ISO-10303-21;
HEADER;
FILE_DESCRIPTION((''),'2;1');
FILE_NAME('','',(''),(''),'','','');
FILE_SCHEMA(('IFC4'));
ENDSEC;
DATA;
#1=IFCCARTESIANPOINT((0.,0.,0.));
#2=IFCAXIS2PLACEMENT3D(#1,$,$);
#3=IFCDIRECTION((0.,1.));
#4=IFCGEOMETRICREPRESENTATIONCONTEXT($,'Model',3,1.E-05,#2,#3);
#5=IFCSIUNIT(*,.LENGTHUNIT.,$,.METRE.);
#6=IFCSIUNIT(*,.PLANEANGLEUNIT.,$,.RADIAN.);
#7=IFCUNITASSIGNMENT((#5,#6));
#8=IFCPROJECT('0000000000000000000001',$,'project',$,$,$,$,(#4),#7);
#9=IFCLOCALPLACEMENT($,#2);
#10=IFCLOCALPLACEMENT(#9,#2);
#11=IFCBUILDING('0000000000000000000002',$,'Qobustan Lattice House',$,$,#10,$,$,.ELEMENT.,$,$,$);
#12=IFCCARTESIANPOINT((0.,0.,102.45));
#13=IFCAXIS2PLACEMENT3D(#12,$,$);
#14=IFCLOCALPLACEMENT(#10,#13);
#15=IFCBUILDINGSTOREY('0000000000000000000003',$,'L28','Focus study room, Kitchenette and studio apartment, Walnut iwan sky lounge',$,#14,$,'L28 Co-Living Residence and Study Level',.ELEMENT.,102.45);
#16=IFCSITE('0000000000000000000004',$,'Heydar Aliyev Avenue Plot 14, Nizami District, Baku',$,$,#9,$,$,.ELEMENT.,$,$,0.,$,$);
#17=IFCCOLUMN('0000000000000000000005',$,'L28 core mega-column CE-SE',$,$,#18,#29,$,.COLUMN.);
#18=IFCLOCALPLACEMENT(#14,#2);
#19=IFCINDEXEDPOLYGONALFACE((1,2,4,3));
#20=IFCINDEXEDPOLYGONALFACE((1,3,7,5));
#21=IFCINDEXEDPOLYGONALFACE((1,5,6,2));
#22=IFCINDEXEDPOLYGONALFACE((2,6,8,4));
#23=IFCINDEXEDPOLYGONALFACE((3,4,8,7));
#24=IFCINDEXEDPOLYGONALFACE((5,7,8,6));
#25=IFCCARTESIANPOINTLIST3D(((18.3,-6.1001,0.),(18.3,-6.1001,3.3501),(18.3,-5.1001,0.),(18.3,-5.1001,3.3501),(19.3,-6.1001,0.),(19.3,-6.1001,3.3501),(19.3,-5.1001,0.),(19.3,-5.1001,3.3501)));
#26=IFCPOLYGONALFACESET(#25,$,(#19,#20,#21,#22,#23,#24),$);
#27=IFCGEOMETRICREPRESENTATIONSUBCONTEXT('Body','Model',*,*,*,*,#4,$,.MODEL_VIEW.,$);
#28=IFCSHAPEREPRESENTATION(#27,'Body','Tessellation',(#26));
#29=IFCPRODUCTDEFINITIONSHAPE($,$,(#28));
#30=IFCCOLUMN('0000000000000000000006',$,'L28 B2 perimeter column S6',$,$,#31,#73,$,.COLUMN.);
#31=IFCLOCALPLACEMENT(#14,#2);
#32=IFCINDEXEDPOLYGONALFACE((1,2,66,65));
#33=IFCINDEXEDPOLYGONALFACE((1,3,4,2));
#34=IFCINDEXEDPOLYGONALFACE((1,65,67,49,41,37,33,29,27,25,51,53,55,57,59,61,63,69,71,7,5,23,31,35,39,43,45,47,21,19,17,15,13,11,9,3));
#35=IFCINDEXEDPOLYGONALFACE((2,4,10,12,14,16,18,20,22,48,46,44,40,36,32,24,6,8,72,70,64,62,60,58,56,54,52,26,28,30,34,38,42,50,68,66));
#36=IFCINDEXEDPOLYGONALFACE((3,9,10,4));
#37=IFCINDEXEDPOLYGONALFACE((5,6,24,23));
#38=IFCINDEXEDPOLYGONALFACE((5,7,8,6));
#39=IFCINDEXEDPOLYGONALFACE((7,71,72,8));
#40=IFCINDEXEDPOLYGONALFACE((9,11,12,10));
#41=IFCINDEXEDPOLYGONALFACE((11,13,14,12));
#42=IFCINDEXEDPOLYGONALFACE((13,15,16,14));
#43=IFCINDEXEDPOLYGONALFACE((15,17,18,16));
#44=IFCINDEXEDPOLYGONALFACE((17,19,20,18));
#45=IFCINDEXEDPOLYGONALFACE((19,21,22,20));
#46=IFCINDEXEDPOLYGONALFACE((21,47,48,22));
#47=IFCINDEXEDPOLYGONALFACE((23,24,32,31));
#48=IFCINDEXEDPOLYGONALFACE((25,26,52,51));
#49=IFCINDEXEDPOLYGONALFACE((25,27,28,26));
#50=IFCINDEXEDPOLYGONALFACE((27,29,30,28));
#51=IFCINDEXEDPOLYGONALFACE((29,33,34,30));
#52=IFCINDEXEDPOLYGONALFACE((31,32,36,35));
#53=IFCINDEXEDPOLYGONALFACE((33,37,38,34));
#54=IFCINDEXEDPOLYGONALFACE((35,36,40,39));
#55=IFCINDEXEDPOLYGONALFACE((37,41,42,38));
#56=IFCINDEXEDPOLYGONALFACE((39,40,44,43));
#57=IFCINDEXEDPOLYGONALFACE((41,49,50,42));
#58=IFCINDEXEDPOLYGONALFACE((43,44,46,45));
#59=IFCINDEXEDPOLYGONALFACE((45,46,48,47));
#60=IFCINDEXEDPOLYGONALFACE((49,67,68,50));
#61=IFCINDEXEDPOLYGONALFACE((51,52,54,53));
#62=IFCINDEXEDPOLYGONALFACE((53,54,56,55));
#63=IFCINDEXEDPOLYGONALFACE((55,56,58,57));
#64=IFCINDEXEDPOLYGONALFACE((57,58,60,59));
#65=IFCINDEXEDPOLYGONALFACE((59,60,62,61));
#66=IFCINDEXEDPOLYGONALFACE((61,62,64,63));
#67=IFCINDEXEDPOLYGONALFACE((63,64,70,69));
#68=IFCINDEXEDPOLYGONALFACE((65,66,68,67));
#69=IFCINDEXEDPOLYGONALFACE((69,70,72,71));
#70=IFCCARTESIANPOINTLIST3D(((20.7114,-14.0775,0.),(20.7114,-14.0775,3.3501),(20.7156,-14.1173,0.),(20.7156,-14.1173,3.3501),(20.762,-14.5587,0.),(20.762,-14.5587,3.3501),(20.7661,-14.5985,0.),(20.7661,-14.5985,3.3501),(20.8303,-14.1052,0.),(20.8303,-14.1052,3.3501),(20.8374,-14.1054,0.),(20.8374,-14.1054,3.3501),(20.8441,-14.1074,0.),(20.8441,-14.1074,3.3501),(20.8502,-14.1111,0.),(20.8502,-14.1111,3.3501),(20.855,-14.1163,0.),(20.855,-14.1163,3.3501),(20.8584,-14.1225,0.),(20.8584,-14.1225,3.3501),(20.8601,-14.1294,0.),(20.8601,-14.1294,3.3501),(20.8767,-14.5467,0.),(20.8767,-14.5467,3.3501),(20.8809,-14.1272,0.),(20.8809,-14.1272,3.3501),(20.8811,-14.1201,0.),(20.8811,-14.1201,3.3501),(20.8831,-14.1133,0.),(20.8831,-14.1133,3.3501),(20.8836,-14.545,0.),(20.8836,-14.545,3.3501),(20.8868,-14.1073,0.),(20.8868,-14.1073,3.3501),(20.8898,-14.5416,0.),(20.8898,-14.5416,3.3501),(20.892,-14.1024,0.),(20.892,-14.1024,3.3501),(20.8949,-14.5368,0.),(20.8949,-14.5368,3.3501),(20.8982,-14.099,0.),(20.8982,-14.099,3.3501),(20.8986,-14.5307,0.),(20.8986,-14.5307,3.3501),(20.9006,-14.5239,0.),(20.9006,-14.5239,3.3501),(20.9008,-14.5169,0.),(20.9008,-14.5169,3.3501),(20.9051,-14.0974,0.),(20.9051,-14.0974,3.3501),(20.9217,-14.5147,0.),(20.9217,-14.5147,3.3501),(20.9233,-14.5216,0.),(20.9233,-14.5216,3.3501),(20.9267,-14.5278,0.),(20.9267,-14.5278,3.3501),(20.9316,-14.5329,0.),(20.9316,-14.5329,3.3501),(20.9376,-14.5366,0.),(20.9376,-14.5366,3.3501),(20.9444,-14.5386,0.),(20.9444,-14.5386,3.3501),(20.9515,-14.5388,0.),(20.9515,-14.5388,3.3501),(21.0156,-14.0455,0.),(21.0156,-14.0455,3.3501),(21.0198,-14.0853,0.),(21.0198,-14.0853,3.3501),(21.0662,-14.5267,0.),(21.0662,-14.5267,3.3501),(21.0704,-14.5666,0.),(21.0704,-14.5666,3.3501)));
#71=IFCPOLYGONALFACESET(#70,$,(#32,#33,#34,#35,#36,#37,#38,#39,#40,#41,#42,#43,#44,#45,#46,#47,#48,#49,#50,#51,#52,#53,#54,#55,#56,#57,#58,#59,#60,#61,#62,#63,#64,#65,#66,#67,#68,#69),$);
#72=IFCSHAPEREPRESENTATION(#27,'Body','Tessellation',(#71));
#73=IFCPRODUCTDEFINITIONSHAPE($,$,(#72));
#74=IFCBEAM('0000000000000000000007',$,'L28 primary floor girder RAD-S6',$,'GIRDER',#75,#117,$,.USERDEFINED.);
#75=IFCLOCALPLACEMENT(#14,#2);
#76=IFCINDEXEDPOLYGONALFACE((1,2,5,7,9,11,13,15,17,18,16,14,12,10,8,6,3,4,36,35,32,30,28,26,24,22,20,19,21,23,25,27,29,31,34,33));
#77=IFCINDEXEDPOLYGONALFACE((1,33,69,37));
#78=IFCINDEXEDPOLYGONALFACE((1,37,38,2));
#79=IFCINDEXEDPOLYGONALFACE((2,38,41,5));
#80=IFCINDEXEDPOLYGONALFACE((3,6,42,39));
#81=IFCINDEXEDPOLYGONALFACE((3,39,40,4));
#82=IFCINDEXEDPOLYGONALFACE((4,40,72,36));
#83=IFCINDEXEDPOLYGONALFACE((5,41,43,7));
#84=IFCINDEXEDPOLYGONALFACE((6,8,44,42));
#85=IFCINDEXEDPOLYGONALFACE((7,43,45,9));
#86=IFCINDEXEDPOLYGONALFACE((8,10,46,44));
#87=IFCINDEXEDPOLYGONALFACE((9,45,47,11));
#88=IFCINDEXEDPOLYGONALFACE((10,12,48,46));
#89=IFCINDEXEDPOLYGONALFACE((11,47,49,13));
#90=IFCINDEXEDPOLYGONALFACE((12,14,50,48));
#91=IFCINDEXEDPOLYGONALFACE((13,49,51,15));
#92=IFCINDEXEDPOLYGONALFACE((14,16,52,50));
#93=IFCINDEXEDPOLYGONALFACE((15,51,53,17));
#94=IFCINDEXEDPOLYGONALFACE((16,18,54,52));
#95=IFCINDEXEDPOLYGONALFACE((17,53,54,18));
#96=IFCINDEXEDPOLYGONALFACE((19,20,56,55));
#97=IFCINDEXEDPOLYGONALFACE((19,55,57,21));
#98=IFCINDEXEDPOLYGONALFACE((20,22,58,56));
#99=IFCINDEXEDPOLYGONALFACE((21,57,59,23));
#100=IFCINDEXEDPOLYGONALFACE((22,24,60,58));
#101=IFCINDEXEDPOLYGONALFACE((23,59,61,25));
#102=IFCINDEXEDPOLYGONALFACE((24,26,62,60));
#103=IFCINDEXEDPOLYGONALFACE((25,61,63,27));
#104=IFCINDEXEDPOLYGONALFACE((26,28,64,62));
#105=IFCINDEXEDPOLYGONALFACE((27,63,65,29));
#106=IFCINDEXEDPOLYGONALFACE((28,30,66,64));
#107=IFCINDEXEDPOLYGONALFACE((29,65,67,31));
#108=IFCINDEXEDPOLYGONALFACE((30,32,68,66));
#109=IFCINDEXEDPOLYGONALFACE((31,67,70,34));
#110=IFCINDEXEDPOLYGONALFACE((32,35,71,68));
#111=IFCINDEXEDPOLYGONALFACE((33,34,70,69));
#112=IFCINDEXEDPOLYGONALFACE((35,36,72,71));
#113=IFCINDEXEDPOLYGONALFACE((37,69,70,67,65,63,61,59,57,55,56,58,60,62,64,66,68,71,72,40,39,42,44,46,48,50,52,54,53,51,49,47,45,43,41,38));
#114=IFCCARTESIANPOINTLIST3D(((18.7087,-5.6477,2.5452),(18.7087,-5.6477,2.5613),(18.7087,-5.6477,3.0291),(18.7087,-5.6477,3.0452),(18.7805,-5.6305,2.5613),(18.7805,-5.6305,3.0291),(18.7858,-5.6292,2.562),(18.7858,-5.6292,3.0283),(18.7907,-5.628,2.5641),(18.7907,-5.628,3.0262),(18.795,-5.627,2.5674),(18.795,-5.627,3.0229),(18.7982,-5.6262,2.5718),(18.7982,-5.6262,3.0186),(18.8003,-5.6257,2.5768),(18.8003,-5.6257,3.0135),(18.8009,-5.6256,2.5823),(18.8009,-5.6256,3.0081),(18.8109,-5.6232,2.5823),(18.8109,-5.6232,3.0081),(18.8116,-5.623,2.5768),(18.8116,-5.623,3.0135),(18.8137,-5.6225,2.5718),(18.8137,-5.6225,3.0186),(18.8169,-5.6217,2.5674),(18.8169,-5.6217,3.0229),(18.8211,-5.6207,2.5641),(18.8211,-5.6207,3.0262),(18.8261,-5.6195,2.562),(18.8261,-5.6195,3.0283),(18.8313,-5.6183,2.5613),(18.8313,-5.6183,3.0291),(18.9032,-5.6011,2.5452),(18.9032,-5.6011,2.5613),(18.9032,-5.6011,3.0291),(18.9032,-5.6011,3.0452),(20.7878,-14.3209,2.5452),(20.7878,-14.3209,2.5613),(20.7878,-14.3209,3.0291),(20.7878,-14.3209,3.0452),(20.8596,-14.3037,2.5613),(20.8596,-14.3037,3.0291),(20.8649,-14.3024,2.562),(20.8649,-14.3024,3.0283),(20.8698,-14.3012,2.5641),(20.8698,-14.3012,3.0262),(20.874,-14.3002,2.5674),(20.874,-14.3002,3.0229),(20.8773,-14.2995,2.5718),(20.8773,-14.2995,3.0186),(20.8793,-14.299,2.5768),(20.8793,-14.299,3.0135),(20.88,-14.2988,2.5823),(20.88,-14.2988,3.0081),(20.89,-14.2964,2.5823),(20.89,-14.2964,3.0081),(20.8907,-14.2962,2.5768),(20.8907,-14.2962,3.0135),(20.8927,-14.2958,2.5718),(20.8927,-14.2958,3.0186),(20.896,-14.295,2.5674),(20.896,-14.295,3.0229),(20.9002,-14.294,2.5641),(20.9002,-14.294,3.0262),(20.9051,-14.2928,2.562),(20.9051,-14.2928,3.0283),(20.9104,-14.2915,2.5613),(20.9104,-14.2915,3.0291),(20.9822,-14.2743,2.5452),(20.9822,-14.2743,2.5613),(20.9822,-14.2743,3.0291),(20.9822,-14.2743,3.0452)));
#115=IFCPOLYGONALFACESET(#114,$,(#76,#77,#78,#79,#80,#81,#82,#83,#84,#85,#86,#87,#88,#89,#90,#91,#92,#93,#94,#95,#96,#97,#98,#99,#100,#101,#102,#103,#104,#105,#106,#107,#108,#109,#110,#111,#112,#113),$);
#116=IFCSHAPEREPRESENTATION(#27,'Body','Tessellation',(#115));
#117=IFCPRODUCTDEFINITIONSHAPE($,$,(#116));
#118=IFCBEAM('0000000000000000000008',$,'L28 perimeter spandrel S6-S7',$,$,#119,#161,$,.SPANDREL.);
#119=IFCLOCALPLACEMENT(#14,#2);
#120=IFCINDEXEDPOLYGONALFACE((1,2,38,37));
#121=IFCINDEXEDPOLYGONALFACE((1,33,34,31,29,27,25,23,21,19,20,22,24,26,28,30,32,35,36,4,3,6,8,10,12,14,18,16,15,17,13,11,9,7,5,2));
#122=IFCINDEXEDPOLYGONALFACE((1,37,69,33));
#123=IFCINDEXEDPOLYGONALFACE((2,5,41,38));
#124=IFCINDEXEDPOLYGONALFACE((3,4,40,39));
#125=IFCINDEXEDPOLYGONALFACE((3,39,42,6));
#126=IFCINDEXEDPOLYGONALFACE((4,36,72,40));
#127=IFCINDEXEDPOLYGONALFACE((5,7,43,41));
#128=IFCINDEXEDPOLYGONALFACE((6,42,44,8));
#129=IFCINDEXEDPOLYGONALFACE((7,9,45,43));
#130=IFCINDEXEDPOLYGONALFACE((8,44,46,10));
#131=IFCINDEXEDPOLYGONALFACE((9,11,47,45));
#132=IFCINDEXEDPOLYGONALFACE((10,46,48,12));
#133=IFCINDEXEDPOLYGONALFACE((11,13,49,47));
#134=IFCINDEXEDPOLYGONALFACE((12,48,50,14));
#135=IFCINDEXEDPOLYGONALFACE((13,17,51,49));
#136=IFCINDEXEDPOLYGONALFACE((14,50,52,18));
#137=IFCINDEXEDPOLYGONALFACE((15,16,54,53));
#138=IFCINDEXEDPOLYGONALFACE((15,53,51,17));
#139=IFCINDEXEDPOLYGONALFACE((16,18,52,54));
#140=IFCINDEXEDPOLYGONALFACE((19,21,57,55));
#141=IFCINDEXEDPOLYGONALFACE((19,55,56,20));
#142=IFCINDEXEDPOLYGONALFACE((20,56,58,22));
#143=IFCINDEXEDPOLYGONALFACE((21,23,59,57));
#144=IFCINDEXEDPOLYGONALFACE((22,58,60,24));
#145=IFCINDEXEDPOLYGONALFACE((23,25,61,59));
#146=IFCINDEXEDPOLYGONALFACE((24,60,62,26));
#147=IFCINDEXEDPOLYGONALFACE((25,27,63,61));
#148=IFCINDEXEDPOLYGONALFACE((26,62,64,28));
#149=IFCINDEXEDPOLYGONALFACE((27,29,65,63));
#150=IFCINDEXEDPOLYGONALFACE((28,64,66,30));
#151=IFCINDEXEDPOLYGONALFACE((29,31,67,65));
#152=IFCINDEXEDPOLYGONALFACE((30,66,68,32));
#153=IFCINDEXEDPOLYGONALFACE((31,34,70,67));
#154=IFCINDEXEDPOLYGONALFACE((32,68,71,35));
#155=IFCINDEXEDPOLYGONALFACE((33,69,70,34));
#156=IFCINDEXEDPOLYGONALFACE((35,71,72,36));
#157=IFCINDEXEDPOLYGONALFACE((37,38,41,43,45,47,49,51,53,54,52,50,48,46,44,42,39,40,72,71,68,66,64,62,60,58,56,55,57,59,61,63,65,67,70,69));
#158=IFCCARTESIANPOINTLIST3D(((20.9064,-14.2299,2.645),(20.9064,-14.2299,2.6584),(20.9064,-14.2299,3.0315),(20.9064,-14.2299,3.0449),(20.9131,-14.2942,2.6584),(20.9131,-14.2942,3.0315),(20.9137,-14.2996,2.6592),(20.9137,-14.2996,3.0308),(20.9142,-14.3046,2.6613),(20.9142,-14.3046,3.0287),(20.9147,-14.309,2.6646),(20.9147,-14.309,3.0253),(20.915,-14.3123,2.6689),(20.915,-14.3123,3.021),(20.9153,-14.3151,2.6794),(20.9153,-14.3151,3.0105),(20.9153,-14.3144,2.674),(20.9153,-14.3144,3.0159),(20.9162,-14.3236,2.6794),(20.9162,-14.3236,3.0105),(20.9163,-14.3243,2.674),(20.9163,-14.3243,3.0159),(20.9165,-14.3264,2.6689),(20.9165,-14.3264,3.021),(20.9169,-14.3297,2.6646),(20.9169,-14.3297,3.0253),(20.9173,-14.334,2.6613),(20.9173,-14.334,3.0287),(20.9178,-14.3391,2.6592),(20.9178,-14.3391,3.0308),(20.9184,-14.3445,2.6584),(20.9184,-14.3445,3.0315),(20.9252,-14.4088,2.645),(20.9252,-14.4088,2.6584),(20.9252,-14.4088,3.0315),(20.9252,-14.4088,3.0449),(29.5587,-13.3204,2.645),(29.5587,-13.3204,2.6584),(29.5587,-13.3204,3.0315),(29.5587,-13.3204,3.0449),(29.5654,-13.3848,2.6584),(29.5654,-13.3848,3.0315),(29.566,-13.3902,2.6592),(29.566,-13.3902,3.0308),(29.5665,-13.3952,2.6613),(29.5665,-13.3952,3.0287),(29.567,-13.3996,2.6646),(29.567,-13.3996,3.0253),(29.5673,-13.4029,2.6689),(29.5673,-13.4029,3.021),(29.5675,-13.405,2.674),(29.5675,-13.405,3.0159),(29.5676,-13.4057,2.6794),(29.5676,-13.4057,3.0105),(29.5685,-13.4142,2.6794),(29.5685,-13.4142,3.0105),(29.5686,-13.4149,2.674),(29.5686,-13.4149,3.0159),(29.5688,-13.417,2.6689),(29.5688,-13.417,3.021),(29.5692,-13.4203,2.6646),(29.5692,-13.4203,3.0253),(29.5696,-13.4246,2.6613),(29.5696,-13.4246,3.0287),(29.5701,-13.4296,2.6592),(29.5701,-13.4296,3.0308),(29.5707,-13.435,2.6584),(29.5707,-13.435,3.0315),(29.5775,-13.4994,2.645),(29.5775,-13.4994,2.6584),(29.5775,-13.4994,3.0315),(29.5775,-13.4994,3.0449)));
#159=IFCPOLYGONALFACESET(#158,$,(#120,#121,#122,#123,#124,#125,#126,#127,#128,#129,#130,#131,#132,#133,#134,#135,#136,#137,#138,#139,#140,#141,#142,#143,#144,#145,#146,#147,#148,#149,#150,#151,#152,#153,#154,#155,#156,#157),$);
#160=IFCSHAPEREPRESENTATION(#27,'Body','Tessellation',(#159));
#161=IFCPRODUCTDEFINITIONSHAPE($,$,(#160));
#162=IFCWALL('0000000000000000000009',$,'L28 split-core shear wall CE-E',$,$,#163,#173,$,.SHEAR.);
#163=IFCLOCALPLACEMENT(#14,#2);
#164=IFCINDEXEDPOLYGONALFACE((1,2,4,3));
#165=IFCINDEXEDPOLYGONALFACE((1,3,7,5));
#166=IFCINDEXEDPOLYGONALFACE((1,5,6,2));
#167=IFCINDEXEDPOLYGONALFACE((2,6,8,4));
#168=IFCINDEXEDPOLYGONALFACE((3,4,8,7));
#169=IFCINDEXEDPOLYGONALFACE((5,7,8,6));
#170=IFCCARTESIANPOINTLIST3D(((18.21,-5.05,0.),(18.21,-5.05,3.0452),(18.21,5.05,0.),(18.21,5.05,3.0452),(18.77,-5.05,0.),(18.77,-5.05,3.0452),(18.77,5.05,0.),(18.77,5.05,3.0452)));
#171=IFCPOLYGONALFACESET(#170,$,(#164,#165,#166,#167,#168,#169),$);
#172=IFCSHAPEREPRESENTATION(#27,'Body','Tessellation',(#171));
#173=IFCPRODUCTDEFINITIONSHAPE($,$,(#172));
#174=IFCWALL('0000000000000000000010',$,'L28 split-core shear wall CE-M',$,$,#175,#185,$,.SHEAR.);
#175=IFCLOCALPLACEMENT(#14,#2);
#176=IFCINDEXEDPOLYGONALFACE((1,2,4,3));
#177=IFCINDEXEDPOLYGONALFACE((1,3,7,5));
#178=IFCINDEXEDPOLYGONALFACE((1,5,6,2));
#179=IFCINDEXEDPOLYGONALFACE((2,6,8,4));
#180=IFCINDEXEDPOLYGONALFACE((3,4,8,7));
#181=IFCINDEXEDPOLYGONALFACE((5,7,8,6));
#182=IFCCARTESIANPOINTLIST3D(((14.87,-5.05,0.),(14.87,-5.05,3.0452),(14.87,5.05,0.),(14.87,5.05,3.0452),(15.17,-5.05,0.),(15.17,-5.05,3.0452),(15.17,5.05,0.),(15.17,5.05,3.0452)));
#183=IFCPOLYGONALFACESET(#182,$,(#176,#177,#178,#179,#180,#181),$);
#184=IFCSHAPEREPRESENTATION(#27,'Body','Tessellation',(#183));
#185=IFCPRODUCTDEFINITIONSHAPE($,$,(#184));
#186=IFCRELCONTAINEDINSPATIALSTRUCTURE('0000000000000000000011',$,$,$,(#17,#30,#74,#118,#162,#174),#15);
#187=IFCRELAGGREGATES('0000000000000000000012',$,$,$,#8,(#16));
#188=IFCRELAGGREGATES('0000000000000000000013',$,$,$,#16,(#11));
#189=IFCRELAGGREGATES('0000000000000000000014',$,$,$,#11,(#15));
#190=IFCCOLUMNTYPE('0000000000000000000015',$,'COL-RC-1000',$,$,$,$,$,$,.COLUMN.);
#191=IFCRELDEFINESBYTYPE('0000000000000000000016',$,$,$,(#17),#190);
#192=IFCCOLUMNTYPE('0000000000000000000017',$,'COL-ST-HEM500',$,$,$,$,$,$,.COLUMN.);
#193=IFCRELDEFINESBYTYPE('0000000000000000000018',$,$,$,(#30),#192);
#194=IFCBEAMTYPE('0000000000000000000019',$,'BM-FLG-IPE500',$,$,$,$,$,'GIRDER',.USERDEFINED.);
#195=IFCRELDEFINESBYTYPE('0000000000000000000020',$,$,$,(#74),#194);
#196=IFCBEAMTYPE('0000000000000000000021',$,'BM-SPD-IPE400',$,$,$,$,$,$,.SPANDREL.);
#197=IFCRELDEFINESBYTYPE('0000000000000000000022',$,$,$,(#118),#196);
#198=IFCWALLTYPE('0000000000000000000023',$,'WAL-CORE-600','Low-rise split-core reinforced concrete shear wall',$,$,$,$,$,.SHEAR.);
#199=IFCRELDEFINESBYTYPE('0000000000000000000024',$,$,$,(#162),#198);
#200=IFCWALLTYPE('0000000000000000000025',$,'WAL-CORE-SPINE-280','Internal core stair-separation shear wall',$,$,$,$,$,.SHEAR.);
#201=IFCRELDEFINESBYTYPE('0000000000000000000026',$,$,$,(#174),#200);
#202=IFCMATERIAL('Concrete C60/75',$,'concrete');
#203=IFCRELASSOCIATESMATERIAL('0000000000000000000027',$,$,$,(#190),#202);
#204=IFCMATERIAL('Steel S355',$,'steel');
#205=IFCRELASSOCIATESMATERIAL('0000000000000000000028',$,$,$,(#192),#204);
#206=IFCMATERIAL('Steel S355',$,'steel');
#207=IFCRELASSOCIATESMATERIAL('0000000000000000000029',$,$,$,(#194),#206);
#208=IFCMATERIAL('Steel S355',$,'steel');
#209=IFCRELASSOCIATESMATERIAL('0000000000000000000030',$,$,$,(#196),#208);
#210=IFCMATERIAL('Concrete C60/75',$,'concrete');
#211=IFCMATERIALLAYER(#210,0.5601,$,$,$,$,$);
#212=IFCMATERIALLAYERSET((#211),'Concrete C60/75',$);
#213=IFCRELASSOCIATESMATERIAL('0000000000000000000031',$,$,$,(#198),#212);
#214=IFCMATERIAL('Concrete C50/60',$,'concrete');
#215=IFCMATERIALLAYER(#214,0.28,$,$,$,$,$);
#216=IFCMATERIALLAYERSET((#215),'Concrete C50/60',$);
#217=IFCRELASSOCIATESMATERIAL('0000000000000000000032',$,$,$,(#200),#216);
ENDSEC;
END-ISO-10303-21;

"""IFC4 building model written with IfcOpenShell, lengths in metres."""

from ifc_helpers import new_model, si_unit, direction, frame, frame_2d, origin, origin_2d, place, context, subcontext, project, spatial, rectangle, i_section, extrude, material, layer, layer_set, material_profile, profile_set, type_object, element, save


model = new_model("IFC4")

# Units and contexts
model_context = context("Model", 3, precision=1e-05, world=origin(), true_north=direction((0.0, 1.0)))
body_context = subcontext(model_context, "Body", "Model", "MODEL_VIEW")
ifc_project = project(units=[si_unit("LENGTHUNIT", "METRE"), si_unit("PLANEANGLEUNIT", "RADIAN")], contexts=[model_context])

# Site, building, storey
site_placement = place(None, origin())
site = spatial("IfcSite", under=ifc_project, at=site_placement, Name="Heydar Aliyev Avenue Plot 14, Nizami District, Baku", CompositionType="ELEMENT", RefElevation=0.0)
building_placement = place(site_placement, origin())
building = spatial("IfcBuilding", under=site, at=building_placement, Name="Qobustan Lattice House", CompositionType="ELEMENT")
storey_placement = place(building_placement, frame((0.0, 0.0, 102.45)))
storey = spatial("IfcBuildingStorey", under=building, at=storey_placement, Name="L28", Description="Focus study room, Kitchenette and studio apartment, Walnut iwan sky lounge", LongName="L28 Co-Living Residence and Study Level", CompositionType="ELEMENT", Elevation=102.45)

# Columns
ifc_material_1 = material(Name="Concrete C60/75", Category="concrete")
ifc_material_profile_1 = material_profile(ifc_material_1, rectangle(XDim=1.0, YDim=1.0, at=origin_2d()), Name="RC1000x1000")
ifc_profile_set_1 = profile_set([ifc_material_profile_1], Name="Concrete C60/75")
column_type_1 = type_object("IfcColumnType", Name="COL-RC-1000", PredefinedType="COLUMN", material=ifc_profile_set_1)
column_1_placement = place(storey_placement, frame((18.8, -5.6001, 0.0), z_axis=(0.0, 0.0, 1.0), x_axis=(1.0, 0.0, 0.0)))
element("IfcColumn", 1, at=column_1_placement, inside=storey, type_object=column_type_1, Name="L28 core mega-column CE-SE", PredefinedType="COLUMN", context=body_context, shape_type="SweptSolid", body=[
    extrude(rectangle(XDim=1.0, YDim=1.0, at=origin_2d()), origin(), (0.0, 0.0, 1.0), 3.3501),
])
ifc_material_2 = material(Name="Steel S355", Category="steel")
ifc_material_profile_2 = material_profile(ifc_material_2, i_section(OverallWidth=0.3059, OverallDepth=0.5239, WebThickness=0.021, FlangeThickness=0.04, FilletRadius=0.0271, at=origin_2d()), Name="HEM500")
ifc_profile_set_2 = profile_set([ifc_material_profile_2], Name="Steel S355")
column_type_2 = type_object("IfcColumnType", Name="COL-ST-HEM500", PredefinedType="COLUMN", material=ifc_profile_set_2)
column_2_placement = place(storey_placement, frame((20.8909, -14.322, 0.0), z_axis=(0.0, 0.0, 1.0), x_axis=(0.994522, 0.104528, 0.0)))
element("IfcColumn", 2, at=column_2_placement, inside=storey, type_object=column_type_2, Name="L28 B2 perimeter column S6", PredefinedType="COLUMN", context=body_context, shape_type="SweptSolid", body=[
    extrude(i_section(OverallWidth=0.3059, OverallDepth=0.5239, WebThickness=0.021, FlangeThickness=0.04, FilletRadius=0.0271, at=origin_2d()), origin(), (0.0, 0.0, 1.0), 3.3501),
])

# Beams
ifc_material_3 = material(Name="Steel S355", Category="steel")
ifc_material_profile_3 = material_profile(ifc_material_3, i_section(OverallWidth=0.2, OverallDepth=0.5, WebThickness=0.0103, FlangeThickness=0.0161, FilletRadius=0.021, at=origin_2d()), Name="IPE500")
ifc_profile_set_3 = profile_set([ifc_material_profile_3], Name="Steel S355")
beam_type_1 = type_object("IfcBeamType", Name="BM-FLG-IPE500", ElementType="GIRDER", PredefinedType="USERDEFINED", material=ifc_profile_set_3)
beam_1_placement = place(storey_placement, frame((20.885, -14.2976, 2.7952), z_axis=(-0.233108, 0.972451, 0.0), x_axis=(-0.972451, -0.233108, 0.0)))
element("IfcBeam", 3, at=beam_1_placement, inside=storey, type_object=beam_type_1, Name="L28 primary floor girder RAD-S6", ObjectType="GIRDER", PredefinedType="USERDEFINED", context=body_context, shape_type="SweptSolid", body=[
    extrude(i_section(OverallWidth=0.2, OverallDepth=0.5, WebThickness=0.0103, FlangeThickness=0.0161, FilletRadius=0.021, at=origin_2d()), origin(), (0.0, 0.0, 1.0), 8.9189),
])
ifc_material_4 = material(Name="Steel S355", Category="steel")
ifc_material_profile_4 = material_profile(ifc_material_4, i_section(OverallWidth=0.1799, OverallDepth=0.3999, WebThickness=0.0085, FlangeThickness=0.0134, FilletRadius=0.021, at=origin_2d()), Name="IPE400")
ifc_profile_set_4 = profile_set([ifc_material_profile_4], Name="Steel S355")
beam_type_2 = type_object("IfcBeamType", Name="BM-SPD-IPE400", PredefinedType="SPANDREL", material=ifc_profile_set_4)
beam_2_placement = place(storey_placement, frame((20.9158, -14.3193, 2.845), z_axis=(0.994522, 0.104531, 0.0), x_axis=(-0.104531, 0.994522, 0.0)))
element("IfcBeam", 4, at=beam_2_placement, inside=storey, type_object=beam_type_2, Name="L28 perimeter spandrel S6-S7", PredefinedType="SPANDREL", context=body_context, shape_type="SweptSolid", body=[
    extrude(i_section(OverallWidth=0.1799, OverallDepth=0.3999, WebThickness=0.0085, FlangeThickness=0.0134, FilletRadius=0.021, at=origin_2d()), origin(), (0.0, 0.0, 1.0), 8.7),
])

# Walls
ifc_material_5 = material(Name="Concrete C60/75", Category="concrete")
ifc_layer_1 = layer(ifc_material_5, 0.5601)
ifc_layer_set_1 = layer_set([ifc_layer_1], Name="Concrete C60/75")
wall_type_1 = type_object("IfcWallType", Name="WAL-CORE-600", Description="Low-rise split-core reinforced concrete shear wall", PredefinedType="SHEAR", material=ifc_layer_set_1)
wall_1_placement = place(storey_placement, frame((18.49, -5.05, 0.0), z_axis=(0.0, 0.0, 1.0), x_axis=(0.0, 1.0, 0.0)))
element("IfcWall", 5, at=wall_1_placement, inside=storey, type_object=wall_type_1, Name="L28 split-core shear wall CE-E", PredefinedType="SHEAR", context=body_context, shape_type="SweptSolid", body=[
    extrude(rectangle(XDim=10.1001, YDim=0.5601, at=frame_2d((5.05, 0.0))), origin(), (0.0, 0.0, 1.0), 3.0452),
])
ifc_material_6 = material(Name="Concrete C50/60", Category="concrete")
ifc_layer_2 = layer(ifc_material_6, 0.28)
ifc_layer_set_2 = layer_set([ifc_layer_2], Name="Concrete C50/60")
wall_type_2 = type_object("IfcWallType", Name="WAL-CORE-SPINE-280", Description="Internal core stair-separation shear wall", PredefinedType="SHEAR", material=ifc_layer_set_2)
wall_2_placement = place(storey_placement, frame((15.02, -5.05, 0.0), z_axis=(0.0, 0.0, 1.0), x_axis=(0.0, 1.0, 0.0)))
element("IfcWall", 6, at=wall_2_placement, inside=storey, type_object=wall_type_2, Name="L28 split-core shear wall CE-M", PredefinedType="SHEAR", context=body_context, shape_type="SweptSolid", body=[
    extrude(rectangle(XDim=10.1001, YDim=0.3, at=frame_2d((5.05, 0.0))), origin(), (0.0, 0.0, 1.0), 3.0452),
])

save(model, "model.ifc")
